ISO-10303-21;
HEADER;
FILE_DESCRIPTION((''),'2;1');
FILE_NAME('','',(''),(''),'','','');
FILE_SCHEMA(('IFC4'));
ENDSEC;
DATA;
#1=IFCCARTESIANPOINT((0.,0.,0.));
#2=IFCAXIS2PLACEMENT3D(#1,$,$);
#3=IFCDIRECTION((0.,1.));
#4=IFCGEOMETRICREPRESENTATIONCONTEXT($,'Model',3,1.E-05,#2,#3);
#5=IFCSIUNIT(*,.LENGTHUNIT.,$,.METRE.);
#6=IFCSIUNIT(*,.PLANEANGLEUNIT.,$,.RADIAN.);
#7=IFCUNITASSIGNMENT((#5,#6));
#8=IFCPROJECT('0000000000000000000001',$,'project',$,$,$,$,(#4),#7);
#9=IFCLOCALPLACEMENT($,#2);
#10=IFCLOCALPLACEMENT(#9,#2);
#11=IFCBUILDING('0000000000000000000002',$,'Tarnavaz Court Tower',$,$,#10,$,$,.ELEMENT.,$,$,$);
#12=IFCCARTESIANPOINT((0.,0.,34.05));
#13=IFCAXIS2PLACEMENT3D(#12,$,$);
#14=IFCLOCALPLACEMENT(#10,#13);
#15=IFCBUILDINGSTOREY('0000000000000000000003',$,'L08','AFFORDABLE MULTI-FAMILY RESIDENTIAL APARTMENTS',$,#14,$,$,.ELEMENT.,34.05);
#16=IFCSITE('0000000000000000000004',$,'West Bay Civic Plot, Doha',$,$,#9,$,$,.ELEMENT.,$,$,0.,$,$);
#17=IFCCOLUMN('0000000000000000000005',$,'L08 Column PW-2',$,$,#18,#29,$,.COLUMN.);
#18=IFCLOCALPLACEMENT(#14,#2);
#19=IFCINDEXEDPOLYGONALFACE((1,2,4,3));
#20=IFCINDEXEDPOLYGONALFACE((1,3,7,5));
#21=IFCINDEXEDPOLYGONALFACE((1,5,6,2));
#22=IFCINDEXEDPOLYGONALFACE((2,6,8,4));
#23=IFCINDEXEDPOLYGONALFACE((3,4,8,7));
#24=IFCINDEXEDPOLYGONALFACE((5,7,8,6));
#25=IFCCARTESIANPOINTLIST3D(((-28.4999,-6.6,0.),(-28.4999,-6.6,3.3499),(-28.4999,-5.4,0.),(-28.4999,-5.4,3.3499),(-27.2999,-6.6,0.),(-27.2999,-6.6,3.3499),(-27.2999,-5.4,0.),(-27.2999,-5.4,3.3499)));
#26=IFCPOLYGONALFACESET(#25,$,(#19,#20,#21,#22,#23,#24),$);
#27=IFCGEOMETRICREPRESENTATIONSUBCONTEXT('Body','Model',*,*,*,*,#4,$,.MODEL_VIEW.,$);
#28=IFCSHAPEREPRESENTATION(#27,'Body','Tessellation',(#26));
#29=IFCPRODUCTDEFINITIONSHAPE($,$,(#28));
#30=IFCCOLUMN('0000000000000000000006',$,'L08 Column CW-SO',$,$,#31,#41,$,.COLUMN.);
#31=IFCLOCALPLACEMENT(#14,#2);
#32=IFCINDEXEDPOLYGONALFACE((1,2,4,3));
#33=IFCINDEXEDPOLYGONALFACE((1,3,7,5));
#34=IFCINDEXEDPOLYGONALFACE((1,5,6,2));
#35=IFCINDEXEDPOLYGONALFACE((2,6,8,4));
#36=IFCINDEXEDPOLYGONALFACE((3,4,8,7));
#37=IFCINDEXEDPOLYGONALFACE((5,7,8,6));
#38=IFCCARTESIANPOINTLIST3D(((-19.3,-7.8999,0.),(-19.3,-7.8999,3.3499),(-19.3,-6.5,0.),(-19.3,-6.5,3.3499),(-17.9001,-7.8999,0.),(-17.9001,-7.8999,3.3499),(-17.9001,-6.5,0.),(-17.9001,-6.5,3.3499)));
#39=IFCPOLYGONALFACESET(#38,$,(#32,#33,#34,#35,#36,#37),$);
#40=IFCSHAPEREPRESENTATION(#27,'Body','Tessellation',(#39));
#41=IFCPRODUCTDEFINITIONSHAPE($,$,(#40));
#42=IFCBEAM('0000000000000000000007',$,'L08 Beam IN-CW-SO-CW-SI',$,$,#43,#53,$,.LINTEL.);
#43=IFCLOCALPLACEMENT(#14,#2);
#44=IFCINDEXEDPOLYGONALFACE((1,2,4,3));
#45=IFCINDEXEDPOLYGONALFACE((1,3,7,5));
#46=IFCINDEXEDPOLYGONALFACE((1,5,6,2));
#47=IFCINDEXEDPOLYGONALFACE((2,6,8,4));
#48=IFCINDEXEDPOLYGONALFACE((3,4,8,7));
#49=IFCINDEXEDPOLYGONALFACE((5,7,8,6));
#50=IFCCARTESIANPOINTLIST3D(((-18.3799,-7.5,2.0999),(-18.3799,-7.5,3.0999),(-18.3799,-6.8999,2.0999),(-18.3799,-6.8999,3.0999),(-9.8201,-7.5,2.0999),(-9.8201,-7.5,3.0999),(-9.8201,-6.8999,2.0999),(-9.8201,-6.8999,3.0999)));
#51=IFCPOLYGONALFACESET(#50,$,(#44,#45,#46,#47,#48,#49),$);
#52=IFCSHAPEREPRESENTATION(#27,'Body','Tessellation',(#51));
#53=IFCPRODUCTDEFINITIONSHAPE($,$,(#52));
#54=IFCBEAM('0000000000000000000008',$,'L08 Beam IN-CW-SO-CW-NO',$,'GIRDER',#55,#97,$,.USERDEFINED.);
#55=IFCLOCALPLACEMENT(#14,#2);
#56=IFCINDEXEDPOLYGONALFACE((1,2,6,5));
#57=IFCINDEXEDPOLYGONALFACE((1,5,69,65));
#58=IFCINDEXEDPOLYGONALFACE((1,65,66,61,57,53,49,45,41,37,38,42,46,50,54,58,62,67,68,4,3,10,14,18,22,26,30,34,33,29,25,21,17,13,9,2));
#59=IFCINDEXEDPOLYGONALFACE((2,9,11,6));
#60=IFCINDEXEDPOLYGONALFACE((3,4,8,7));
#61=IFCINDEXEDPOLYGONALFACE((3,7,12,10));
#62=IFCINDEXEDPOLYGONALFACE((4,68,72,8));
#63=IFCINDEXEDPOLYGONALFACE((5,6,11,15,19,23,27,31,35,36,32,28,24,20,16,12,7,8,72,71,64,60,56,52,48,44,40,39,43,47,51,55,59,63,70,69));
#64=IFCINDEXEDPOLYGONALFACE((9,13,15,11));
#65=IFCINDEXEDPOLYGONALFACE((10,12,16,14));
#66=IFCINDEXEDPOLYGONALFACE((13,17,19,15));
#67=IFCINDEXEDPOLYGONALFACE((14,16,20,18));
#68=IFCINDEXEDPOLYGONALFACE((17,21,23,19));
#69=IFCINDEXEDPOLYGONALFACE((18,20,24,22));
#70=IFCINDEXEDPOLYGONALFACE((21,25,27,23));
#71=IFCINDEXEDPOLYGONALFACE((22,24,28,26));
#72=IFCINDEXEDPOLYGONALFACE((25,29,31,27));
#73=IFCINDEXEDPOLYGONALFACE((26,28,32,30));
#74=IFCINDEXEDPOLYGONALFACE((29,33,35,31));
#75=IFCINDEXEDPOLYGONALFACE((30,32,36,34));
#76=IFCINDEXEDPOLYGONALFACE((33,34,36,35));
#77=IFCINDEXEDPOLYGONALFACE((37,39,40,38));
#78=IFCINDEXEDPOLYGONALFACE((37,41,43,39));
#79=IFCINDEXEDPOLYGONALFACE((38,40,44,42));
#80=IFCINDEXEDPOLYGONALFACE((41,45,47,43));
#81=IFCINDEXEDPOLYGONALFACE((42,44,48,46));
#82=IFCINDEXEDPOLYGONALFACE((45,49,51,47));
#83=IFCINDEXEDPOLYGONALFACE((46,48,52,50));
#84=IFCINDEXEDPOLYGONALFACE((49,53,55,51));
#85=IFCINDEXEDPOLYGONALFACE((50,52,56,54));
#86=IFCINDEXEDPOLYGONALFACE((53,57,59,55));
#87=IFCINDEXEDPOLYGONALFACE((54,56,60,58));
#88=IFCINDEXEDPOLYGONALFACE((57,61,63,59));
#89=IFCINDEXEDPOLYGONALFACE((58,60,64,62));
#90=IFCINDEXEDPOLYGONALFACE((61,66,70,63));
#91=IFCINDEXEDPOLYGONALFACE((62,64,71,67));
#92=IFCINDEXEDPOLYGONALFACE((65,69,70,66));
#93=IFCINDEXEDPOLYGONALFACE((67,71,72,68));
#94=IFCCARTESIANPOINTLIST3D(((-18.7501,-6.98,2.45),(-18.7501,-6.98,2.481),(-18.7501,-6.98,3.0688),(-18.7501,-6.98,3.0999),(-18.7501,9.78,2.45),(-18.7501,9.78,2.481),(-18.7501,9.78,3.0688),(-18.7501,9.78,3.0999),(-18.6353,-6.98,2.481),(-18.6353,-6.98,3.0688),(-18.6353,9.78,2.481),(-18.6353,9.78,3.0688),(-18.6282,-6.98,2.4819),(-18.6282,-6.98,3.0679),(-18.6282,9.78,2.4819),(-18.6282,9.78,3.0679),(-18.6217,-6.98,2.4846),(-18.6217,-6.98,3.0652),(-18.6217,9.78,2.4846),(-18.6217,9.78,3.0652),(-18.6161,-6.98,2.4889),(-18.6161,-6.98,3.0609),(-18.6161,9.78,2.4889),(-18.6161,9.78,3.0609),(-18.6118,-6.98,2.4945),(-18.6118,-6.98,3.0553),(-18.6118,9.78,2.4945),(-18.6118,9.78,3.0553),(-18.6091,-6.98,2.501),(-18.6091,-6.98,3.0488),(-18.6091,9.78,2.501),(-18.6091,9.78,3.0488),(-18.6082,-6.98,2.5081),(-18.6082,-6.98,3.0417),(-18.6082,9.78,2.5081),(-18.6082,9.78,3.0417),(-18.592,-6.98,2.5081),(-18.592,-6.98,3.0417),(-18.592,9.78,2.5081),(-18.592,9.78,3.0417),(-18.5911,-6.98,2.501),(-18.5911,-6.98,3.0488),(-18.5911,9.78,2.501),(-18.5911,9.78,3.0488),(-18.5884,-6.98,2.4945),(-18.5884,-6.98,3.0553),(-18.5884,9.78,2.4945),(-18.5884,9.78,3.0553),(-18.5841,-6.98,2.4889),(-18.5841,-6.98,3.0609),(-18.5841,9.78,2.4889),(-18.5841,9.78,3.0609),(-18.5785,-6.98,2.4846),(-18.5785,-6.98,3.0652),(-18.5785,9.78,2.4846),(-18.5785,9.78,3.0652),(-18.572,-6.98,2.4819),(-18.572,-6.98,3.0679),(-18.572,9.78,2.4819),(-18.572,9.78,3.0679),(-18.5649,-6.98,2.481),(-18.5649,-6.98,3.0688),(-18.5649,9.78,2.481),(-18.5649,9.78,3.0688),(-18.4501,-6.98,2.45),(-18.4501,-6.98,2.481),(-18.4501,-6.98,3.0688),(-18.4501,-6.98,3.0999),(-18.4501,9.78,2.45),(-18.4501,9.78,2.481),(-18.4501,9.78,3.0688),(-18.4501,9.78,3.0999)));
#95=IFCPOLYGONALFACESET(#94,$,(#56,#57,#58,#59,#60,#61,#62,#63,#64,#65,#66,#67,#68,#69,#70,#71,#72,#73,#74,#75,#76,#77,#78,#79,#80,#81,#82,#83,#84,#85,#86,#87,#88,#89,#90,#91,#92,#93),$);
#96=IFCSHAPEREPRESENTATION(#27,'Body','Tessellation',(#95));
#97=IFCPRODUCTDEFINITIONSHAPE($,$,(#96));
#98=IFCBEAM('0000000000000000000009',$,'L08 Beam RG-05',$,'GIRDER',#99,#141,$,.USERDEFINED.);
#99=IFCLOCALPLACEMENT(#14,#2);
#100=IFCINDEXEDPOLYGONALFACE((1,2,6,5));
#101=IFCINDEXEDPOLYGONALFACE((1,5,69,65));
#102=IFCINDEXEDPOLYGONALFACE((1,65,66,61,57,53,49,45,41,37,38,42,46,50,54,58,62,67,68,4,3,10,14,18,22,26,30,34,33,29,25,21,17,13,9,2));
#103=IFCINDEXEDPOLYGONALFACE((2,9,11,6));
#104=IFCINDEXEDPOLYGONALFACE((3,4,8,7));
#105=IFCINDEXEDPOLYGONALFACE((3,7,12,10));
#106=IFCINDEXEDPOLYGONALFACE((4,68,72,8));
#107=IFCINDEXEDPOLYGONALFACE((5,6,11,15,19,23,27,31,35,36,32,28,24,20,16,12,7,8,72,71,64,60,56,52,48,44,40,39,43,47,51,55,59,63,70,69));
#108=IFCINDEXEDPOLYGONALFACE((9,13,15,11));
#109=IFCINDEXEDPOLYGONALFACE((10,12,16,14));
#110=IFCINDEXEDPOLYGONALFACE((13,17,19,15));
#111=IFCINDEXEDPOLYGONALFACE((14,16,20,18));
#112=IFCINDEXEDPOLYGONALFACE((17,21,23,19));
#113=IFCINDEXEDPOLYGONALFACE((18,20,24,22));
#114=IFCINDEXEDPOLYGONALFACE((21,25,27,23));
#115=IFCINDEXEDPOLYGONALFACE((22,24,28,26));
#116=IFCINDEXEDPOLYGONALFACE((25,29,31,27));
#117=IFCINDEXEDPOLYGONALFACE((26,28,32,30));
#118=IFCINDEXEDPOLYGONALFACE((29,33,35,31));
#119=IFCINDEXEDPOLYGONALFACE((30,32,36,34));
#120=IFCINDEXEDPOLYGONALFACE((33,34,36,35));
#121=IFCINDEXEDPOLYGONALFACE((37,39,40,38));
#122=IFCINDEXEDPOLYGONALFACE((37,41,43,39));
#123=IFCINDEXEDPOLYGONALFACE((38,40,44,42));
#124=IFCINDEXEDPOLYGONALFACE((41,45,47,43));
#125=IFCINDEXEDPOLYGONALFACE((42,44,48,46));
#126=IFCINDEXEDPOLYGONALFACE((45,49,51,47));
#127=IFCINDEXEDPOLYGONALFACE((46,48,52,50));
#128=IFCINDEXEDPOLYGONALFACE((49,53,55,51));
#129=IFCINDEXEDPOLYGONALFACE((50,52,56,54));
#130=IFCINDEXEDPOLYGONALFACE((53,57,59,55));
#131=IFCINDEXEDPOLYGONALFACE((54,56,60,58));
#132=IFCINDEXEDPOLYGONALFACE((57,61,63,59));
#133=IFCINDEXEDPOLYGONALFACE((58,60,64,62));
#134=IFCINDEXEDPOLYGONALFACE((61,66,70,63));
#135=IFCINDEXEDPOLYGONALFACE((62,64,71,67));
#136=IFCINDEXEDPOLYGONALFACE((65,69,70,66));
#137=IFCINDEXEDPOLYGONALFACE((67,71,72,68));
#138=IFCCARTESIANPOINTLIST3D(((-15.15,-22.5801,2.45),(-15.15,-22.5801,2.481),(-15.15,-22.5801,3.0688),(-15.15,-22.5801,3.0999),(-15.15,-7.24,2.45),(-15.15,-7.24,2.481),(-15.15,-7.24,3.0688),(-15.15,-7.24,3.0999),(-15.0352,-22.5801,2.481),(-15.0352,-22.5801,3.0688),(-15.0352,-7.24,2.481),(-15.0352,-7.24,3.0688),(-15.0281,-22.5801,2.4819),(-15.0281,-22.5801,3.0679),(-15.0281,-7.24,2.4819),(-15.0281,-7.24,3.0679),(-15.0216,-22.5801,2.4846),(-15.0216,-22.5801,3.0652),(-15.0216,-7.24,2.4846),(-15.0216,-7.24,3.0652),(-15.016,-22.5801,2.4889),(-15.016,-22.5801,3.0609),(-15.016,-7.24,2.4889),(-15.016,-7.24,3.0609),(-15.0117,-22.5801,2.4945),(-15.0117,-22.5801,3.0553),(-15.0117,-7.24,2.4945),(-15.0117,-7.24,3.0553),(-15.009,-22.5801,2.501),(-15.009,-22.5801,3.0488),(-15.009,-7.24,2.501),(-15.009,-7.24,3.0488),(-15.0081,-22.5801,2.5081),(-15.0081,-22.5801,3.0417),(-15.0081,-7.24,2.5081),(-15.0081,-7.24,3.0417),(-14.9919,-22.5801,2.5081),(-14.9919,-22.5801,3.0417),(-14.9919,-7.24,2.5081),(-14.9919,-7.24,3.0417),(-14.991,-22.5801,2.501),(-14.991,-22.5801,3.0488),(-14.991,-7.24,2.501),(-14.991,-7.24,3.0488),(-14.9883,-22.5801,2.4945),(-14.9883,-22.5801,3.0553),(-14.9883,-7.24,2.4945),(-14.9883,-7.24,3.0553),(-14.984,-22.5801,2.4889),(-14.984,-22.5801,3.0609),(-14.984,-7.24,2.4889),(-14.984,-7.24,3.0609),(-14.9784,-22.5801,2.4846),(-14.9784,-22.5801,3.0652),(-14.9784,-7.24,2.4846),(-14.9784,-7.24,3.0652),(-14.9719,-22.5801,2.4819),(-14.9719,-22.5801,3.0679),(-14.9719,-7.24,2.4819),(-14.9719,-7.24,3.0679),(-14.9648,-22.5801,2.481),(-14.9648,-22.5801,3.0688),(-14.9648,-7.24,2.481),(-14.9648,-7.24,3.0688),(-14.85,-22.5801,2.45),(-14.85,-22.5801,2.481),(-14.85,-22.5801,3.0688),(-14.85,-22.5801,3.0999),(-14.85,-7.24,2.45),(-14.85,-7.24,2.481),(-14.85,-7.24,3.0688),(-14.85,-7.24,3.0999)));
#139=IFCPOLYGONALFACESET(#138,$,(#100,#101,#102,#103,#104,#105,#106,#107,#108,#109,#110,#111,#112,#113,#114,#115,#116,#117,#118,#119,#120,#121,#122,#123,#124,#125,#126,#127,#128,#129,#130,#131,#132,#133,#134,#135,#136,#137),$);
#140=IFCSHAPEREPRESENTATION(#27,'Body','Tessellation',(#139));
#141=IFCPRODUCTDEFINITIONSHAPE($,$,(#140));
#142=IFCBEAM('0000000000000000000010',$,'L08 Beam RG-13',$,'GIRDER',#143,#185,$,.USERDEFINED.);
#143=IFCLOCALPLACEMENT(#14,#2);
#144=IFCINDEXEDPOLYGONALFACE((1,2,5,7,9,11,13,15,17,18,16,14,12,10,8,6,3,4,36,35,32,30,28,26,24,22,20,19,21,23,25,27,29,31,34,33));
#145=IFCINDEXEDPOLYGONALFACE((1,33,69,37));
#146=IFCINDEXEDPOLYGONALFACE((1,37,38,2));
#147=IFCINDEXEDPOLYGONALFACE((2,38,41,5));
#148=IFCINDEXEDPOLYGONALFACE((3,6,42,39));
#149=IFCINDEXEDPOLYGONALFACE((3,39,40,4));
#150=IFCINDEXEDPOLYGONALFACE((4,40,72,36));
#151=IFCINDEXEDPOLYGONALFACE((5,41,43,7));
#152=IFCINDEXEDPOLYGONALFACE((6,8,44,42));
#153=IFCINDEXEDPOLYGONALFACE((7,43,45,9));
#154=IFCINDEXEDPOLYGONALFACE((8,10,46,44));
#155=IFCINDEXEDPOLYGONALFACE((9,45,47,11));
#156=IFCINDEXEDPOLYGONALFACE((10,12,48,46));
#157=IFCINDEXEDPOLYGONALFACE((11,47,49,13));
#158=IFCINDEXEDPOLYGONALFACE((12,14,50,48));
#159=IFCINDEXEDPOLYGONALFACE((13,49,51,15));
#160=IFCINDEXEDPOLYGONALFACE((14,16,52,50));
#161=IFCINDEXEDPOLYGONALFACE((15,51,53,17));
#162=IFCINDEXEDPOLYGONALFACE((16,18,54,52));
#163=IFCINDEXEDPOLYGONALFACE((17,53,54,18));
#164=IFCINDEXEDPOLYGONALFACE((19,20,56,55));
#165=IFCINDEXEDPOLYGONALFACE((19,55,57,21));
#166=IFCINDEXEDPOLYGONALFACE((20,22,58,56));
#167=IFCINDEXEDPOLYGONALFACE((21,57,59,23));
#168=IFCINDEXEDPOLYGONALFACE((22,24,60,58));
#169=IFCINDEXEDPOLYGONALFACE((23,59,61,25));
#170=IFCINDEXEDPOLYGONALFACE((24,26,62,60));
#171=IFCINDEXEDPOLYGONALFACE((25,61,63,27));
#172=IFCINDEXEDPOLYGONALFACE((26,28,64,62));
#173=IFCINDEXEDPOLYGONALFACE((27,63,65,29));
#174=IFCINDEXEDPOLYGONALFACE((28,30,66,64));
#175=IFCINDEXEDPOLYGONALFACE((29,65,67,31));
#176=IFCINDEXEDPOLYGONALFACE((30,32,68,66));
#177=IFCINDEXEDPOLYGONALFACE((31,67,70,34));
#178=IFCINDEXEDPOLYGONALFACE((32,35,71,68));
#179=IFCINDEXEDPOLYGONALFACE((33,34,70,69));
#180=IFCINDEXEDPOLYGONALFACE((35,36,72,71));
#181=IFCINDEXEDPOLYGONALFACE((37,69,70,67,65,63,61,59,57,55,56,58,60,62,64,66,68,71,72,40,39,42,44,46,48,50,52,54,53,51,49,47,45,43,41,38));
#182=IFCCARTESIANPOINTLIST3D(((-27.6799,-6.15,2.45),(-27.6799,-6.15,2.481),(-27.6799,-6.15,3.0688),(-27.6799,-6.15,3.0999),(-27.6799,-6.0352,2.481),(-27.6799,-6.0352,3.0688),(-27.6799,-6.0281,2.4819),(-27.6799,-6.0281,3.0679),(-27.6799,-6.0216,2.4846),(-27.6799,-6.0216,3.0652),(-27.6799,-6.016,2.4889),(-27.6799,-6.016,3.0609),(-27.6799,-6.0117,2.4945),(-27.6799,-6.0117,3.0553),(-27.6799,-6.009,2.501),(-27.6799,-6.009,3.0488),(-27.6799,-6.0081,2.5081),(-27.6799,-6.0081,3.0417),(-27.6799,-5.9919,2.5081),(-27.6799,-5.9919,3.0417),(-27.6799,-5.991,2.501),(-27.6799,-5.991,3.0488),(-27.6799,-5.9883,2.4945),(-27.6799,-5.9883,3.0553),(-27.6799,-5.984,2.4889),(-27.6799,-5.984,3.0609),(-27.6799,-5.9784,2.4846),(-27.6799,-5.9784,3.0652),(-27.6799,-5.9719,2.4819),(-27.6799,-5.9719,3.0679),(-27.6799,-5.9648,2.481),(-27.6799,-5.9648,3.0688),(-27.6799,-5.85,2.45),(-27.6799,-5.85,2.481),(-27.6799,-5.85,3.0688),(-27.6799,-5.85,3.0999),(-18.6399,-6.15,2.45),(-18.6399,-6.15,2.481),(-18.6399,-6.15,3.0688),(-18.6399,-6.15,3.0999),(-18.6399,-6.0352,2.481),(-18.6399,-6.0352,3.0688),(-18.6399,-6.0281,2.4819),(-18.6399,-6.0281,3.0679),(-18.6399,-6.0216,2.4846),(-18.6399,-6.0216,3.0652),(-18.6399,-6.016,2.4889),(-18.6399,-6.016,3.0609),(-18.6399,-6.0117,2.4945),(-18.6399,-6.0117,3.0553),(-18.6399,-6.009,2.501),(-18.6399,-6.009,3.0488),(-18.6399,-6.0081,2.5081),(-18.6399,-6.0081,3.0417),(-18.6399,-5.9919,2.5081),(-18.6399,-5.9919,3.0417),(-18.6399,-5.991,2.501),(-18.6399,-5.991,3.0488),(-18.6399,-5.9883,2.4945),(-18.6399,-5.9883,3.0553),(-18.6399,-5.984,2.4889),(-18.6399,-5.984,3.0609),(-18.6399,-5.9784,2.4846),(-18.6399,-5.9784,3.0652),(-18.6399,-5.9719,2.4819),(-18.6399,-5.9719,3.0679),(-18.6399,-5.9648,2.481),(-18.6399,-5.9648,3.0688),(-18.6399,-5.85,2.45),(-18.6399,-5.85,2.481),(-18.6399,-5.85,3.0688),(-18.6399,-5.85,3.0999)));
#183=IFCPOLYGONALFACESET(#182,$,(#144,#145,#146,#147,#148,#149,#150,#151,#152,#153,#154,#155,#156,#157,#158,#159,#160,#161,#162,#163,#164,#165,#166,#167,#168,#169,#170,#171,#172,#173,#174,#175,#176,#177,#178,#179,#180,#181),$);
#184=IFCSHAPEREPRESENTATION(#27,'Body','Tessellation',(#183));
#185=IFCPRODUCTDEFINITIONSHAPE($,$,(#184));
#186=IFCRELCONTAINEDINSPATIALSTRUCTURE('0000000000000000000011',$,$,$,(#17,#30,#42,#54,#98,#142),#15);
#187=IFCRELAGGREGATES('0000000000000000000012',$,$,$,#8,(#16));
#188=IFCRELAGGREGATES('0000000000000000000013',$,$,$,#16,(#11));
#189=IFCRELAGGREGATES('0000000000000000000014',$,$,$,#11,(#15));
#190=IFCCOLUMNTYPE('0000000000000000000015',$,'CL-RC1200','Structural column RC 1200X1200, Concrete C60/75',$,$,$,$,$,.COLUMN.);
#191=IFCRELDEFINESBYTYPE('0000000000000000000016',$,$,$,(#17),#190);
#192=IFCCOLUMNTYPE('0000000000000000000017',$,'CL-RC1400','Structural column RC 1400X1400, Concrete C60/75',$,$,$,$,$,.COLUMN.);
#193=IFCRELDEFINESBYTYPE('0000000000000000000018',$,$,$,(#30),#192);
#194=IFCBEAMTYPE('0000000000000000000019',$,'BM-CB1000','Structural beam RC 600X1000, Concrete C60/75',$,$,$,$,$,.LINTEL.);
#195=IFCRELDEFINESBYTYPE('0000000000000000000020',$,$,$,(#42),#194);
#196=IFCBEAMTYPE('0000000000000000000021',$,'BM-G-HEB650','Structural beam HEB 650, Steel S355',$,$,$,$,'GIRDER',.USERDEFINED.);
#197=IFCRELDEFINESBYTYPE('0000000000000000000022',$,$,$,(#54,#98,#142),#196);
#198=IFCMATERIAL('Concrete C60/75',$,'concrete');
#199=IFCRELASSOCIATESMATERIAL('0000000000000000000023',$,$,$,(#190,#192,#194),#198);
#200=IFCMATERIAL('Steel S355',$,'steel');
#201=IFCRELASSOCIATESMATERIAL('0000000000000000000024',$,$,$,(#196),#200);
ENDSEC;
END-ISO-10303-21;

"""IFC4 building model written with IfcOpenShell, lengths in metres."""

from ifc_helpers import new_model, si_unit, direction, frame, origin, origin_2d, place, context, subcontext, project, spatial, rectangle, i_section, extrude, material, material_profile, profile_set, type_object, element, save


model = new_model("IFC4")

# Units and contexts
model_context = context("Model", 3, precision=1e-05, world=origin(), true_north=direction((0.0, 1.0)))
body_context = subcontext(model_context, "Body", "Model", "MODEL_VIEW")
ifc_project = project(units=[si_unit("LENGTHUNIT", "METRE"), si_unit("PLANEANGLEUNIT", "RADIAN")], contexts=[model_context])

# Site, building, storey
site_placement = place(None, origin())
site = spatial("IfcSite", under=ifc_project, at=site_placement, Name="West Bay Civic Plot, Doha", CompositionType="ELEMENT", RefElevation=0.0)
building_placement = place(site_placement, origin())
building = spatial("IfcBuilding", under=site, at=building_placement, Name="Tarnavaz Court Tower", CompositionType="ELEMENT")
storey_placement = place(building_placement, frame((0.0, 0.0, 34.05)))
storey = spatial("IfcBuildingStorey", under=building, at=storey_placement, Name="L08", Description="AFFORDABLE MULTI-FAMILY RESIDENTIAL APARTMENTS", CompositionType="ELEMENT", Elevation=34.05)

# Columns
ifc_material_1 = material(Name="Concrete C60/75", Category="concrete")
ifc_material_profile_1 = material_profile(ifc_material_1, rectangle(XDim=1.2, YDim=1.2, at=origin_2d()), Name="RC 1200X1200")
ifc_profile_set_1 = profile_set([ifc_material_profile_1], Name="Concrete C60/75")
column_type_1 = type_object("IfcColumnType", Name="CL-RC1200", Description="Structural column RC 1200X1200, Concrete C60/75", PredefinedType="COLUMN", material=ifc_profile_set_1)
column_1_placement = place(storey_placement, frame((-27.8999, -6.0, 0.0), z_axis=(0.0, 0.0, 1.0), x_axis=(1.0, 0.0, 0.0)))
element("IfcColumn", 1, at=column_1_placement, inside=storey, type_object=column_type_1, Name="L08 Column PW-2", PredefinedType="COLUMN", context=body_context, shape_type="SweptSolid", body=[
    extrude(rectangle(XDim=1.2, YDim=1.2, at=origin_2d()), origin(), (0.0, 0.0, 1.0), 3.3499),
])
ifc_material_profile_2 = material_profile(ifc_material_1, rectangle(XDim=1.3999, YDim=1.3999, at=origin_2d()), Name="RC 1400X1400")
ifc_profile_set_2 = profile_set([ifc_material_profile_2], Name="Concrete C60/75")
column_type_2 = type_object("IfcColumnType", Name="CL-RC1400", Description="Structural column RC 1400X1400, Concrete C60/75", PredefinedType="COLUMN", material=ifc_profile_set_2)
column_2_placement = place(storey_placement, frame((-18.6001, -7.2, 0.0), z_axis=(0.0, 0.0, 1.0), x_axis=(1.0, 0.0, 0.0)))
element("IfcColumn", 2, at=column_2_placement, inside=storey, type_object=column_type_2, Name="L08 Column CW-SO", PredefinedType="COLUMN", context=body_context, shape_type="SweptSolid", body=[
    extrude(rectangle(XDim=1.3999, YDim=1.3999, at=origin_2d()), origin(), (0.0, 0.0, 1.0), 3.3499),
])

# Beams
ifc_material_profile_3 = material_profile(ifc_material_1, rectangle(XDim=0.6001, YDim=1.0, at=origin_2d()), Name="RC 600X1000")
ifc_profile_set_3 = profile_set([ifc_material_profile_3], Name="Concrete C60/75")
beam_type_1 = type_object("IfcBeamType", Name="BM-CB1000", Description="Structural beam RC 600X1000, Concrete C60/75", PredefinedType="LINTEL", material=ifc_profile_set_3)
beam_1_placement = place(storey_placement, frame((-18.3799, -7.2, 2.5999), z_axis=(1.0, 0.0, 0.0), x_axis=(0.0, 1.0, 0.0)))
element("IfcBeam", 3, at=beam_1_placement, inside=storey, type_object=beam_type_1, Name="L08 Beam IN-CW-SO-CW-SI", PredefinedType="LINTEL", context=body_context, shape_type="SweptSolid", body=[
    extrude(rectangle(XDim=0.6001, YDim=1.0, at=origin_2d()), origin(), (0.0, 0.0, 1.0), 8.5598),
])
ifc_material_2 = material(Name="Steel S355", Category="steel")
ifc_material_profile_4 = material_profile(ifc_material_2, i_section(OverallWidth=0.3, OverallDepth=0.6499, WebThickness=0.0161, FlangeThickness=0.031, FilletRadius=0.0271, at=origin_2d()), Name="HEB 650")
ifc_profile_set_4 = profile_set([ifc_material_profile_4], Name="Steel S355")
beam_type_2 = type_object("IfcBeamType", Name="BM-G-HEB650", Description="Structural beam HEB 650, Steel S355", ElementType="GIRDER", PredefinedType="USERDEFINED", material=ifc_profile_set_4)
beam_2_placement = place(storey_placement, frame((-18.6001, -6.98, 2.7749), z_axis=(0.0, 1.0, 0.0), x_axis=(-1.0, 0.0, 0.0)))
element("IfcBeam", 4, at=beam_2_placement, inside=storey, type_object=beam_type_2, Name="L08 Beam IN-CW-SO-CW-NO", ObjectType="GIRDER", PredefinedType="USERDEFINED", context=body_context, shape_type="SweptSolid", body=[
    extrude(i_section(OverallWidth=0.3, OverallDepth=0.6499, WebThickness=0.0161, FlangeThickness=0.031, FilletRadius=0.0271, at=origin_2d()), origin(), (0.0, 0.0, 1.0), 16.76),
])
beam_3_placement = place(storey_placement, frame((-15.0, -7.24, 2.7749), z_axis=(0.0, -1.0, 0.0), x_axis=(1.0, 0.0, 0.0)))
element("IfcBeam", 5, at=beam_3_placement, inside=storey, type_object=beam_type_2, Name="L08 Beam RG-05", ObjectType="GIRDER", PredefinedType="USERDEFINED", context=body_context, shape_type="SweptSolid", body=[
    extrude(i_section(OverallWidth=0.3, OverallDepth=0.6499, WebThickness=0.0161, FlangeThickness=0.031, FilletRadius=0.0271, at=origin_2d()), origin(), (0.0, 0.0, 1.0), 15.3401),
])
beam_4_placement = place(storey_placement, frame((-18.6399, -6.0, 2.7749), z_axis=(-1.0, 0.0, 0.0), x_axis=(0.0, -1.0, 0.0)))
element("IfcBeam", 6, at=beam_4_placement, inside=storey, type_object=beam_type_2, Name="L08 Beam RG-13", ObjectType="GIRDER", PredefinedType="USERDEFINED", context=body_context, shape_type="SweptSolid", body=[
    extrude(i_section(OverallWidth=0.3, OverallDepth=0.6499, WebThickness=0.0161, FlangeThickness=0.031, FilletRadius=0.0271, at=origin_2d()), origin(), (0.0, 0.0, 1.0), 9.04),
])

save(model, "model.ifc")
